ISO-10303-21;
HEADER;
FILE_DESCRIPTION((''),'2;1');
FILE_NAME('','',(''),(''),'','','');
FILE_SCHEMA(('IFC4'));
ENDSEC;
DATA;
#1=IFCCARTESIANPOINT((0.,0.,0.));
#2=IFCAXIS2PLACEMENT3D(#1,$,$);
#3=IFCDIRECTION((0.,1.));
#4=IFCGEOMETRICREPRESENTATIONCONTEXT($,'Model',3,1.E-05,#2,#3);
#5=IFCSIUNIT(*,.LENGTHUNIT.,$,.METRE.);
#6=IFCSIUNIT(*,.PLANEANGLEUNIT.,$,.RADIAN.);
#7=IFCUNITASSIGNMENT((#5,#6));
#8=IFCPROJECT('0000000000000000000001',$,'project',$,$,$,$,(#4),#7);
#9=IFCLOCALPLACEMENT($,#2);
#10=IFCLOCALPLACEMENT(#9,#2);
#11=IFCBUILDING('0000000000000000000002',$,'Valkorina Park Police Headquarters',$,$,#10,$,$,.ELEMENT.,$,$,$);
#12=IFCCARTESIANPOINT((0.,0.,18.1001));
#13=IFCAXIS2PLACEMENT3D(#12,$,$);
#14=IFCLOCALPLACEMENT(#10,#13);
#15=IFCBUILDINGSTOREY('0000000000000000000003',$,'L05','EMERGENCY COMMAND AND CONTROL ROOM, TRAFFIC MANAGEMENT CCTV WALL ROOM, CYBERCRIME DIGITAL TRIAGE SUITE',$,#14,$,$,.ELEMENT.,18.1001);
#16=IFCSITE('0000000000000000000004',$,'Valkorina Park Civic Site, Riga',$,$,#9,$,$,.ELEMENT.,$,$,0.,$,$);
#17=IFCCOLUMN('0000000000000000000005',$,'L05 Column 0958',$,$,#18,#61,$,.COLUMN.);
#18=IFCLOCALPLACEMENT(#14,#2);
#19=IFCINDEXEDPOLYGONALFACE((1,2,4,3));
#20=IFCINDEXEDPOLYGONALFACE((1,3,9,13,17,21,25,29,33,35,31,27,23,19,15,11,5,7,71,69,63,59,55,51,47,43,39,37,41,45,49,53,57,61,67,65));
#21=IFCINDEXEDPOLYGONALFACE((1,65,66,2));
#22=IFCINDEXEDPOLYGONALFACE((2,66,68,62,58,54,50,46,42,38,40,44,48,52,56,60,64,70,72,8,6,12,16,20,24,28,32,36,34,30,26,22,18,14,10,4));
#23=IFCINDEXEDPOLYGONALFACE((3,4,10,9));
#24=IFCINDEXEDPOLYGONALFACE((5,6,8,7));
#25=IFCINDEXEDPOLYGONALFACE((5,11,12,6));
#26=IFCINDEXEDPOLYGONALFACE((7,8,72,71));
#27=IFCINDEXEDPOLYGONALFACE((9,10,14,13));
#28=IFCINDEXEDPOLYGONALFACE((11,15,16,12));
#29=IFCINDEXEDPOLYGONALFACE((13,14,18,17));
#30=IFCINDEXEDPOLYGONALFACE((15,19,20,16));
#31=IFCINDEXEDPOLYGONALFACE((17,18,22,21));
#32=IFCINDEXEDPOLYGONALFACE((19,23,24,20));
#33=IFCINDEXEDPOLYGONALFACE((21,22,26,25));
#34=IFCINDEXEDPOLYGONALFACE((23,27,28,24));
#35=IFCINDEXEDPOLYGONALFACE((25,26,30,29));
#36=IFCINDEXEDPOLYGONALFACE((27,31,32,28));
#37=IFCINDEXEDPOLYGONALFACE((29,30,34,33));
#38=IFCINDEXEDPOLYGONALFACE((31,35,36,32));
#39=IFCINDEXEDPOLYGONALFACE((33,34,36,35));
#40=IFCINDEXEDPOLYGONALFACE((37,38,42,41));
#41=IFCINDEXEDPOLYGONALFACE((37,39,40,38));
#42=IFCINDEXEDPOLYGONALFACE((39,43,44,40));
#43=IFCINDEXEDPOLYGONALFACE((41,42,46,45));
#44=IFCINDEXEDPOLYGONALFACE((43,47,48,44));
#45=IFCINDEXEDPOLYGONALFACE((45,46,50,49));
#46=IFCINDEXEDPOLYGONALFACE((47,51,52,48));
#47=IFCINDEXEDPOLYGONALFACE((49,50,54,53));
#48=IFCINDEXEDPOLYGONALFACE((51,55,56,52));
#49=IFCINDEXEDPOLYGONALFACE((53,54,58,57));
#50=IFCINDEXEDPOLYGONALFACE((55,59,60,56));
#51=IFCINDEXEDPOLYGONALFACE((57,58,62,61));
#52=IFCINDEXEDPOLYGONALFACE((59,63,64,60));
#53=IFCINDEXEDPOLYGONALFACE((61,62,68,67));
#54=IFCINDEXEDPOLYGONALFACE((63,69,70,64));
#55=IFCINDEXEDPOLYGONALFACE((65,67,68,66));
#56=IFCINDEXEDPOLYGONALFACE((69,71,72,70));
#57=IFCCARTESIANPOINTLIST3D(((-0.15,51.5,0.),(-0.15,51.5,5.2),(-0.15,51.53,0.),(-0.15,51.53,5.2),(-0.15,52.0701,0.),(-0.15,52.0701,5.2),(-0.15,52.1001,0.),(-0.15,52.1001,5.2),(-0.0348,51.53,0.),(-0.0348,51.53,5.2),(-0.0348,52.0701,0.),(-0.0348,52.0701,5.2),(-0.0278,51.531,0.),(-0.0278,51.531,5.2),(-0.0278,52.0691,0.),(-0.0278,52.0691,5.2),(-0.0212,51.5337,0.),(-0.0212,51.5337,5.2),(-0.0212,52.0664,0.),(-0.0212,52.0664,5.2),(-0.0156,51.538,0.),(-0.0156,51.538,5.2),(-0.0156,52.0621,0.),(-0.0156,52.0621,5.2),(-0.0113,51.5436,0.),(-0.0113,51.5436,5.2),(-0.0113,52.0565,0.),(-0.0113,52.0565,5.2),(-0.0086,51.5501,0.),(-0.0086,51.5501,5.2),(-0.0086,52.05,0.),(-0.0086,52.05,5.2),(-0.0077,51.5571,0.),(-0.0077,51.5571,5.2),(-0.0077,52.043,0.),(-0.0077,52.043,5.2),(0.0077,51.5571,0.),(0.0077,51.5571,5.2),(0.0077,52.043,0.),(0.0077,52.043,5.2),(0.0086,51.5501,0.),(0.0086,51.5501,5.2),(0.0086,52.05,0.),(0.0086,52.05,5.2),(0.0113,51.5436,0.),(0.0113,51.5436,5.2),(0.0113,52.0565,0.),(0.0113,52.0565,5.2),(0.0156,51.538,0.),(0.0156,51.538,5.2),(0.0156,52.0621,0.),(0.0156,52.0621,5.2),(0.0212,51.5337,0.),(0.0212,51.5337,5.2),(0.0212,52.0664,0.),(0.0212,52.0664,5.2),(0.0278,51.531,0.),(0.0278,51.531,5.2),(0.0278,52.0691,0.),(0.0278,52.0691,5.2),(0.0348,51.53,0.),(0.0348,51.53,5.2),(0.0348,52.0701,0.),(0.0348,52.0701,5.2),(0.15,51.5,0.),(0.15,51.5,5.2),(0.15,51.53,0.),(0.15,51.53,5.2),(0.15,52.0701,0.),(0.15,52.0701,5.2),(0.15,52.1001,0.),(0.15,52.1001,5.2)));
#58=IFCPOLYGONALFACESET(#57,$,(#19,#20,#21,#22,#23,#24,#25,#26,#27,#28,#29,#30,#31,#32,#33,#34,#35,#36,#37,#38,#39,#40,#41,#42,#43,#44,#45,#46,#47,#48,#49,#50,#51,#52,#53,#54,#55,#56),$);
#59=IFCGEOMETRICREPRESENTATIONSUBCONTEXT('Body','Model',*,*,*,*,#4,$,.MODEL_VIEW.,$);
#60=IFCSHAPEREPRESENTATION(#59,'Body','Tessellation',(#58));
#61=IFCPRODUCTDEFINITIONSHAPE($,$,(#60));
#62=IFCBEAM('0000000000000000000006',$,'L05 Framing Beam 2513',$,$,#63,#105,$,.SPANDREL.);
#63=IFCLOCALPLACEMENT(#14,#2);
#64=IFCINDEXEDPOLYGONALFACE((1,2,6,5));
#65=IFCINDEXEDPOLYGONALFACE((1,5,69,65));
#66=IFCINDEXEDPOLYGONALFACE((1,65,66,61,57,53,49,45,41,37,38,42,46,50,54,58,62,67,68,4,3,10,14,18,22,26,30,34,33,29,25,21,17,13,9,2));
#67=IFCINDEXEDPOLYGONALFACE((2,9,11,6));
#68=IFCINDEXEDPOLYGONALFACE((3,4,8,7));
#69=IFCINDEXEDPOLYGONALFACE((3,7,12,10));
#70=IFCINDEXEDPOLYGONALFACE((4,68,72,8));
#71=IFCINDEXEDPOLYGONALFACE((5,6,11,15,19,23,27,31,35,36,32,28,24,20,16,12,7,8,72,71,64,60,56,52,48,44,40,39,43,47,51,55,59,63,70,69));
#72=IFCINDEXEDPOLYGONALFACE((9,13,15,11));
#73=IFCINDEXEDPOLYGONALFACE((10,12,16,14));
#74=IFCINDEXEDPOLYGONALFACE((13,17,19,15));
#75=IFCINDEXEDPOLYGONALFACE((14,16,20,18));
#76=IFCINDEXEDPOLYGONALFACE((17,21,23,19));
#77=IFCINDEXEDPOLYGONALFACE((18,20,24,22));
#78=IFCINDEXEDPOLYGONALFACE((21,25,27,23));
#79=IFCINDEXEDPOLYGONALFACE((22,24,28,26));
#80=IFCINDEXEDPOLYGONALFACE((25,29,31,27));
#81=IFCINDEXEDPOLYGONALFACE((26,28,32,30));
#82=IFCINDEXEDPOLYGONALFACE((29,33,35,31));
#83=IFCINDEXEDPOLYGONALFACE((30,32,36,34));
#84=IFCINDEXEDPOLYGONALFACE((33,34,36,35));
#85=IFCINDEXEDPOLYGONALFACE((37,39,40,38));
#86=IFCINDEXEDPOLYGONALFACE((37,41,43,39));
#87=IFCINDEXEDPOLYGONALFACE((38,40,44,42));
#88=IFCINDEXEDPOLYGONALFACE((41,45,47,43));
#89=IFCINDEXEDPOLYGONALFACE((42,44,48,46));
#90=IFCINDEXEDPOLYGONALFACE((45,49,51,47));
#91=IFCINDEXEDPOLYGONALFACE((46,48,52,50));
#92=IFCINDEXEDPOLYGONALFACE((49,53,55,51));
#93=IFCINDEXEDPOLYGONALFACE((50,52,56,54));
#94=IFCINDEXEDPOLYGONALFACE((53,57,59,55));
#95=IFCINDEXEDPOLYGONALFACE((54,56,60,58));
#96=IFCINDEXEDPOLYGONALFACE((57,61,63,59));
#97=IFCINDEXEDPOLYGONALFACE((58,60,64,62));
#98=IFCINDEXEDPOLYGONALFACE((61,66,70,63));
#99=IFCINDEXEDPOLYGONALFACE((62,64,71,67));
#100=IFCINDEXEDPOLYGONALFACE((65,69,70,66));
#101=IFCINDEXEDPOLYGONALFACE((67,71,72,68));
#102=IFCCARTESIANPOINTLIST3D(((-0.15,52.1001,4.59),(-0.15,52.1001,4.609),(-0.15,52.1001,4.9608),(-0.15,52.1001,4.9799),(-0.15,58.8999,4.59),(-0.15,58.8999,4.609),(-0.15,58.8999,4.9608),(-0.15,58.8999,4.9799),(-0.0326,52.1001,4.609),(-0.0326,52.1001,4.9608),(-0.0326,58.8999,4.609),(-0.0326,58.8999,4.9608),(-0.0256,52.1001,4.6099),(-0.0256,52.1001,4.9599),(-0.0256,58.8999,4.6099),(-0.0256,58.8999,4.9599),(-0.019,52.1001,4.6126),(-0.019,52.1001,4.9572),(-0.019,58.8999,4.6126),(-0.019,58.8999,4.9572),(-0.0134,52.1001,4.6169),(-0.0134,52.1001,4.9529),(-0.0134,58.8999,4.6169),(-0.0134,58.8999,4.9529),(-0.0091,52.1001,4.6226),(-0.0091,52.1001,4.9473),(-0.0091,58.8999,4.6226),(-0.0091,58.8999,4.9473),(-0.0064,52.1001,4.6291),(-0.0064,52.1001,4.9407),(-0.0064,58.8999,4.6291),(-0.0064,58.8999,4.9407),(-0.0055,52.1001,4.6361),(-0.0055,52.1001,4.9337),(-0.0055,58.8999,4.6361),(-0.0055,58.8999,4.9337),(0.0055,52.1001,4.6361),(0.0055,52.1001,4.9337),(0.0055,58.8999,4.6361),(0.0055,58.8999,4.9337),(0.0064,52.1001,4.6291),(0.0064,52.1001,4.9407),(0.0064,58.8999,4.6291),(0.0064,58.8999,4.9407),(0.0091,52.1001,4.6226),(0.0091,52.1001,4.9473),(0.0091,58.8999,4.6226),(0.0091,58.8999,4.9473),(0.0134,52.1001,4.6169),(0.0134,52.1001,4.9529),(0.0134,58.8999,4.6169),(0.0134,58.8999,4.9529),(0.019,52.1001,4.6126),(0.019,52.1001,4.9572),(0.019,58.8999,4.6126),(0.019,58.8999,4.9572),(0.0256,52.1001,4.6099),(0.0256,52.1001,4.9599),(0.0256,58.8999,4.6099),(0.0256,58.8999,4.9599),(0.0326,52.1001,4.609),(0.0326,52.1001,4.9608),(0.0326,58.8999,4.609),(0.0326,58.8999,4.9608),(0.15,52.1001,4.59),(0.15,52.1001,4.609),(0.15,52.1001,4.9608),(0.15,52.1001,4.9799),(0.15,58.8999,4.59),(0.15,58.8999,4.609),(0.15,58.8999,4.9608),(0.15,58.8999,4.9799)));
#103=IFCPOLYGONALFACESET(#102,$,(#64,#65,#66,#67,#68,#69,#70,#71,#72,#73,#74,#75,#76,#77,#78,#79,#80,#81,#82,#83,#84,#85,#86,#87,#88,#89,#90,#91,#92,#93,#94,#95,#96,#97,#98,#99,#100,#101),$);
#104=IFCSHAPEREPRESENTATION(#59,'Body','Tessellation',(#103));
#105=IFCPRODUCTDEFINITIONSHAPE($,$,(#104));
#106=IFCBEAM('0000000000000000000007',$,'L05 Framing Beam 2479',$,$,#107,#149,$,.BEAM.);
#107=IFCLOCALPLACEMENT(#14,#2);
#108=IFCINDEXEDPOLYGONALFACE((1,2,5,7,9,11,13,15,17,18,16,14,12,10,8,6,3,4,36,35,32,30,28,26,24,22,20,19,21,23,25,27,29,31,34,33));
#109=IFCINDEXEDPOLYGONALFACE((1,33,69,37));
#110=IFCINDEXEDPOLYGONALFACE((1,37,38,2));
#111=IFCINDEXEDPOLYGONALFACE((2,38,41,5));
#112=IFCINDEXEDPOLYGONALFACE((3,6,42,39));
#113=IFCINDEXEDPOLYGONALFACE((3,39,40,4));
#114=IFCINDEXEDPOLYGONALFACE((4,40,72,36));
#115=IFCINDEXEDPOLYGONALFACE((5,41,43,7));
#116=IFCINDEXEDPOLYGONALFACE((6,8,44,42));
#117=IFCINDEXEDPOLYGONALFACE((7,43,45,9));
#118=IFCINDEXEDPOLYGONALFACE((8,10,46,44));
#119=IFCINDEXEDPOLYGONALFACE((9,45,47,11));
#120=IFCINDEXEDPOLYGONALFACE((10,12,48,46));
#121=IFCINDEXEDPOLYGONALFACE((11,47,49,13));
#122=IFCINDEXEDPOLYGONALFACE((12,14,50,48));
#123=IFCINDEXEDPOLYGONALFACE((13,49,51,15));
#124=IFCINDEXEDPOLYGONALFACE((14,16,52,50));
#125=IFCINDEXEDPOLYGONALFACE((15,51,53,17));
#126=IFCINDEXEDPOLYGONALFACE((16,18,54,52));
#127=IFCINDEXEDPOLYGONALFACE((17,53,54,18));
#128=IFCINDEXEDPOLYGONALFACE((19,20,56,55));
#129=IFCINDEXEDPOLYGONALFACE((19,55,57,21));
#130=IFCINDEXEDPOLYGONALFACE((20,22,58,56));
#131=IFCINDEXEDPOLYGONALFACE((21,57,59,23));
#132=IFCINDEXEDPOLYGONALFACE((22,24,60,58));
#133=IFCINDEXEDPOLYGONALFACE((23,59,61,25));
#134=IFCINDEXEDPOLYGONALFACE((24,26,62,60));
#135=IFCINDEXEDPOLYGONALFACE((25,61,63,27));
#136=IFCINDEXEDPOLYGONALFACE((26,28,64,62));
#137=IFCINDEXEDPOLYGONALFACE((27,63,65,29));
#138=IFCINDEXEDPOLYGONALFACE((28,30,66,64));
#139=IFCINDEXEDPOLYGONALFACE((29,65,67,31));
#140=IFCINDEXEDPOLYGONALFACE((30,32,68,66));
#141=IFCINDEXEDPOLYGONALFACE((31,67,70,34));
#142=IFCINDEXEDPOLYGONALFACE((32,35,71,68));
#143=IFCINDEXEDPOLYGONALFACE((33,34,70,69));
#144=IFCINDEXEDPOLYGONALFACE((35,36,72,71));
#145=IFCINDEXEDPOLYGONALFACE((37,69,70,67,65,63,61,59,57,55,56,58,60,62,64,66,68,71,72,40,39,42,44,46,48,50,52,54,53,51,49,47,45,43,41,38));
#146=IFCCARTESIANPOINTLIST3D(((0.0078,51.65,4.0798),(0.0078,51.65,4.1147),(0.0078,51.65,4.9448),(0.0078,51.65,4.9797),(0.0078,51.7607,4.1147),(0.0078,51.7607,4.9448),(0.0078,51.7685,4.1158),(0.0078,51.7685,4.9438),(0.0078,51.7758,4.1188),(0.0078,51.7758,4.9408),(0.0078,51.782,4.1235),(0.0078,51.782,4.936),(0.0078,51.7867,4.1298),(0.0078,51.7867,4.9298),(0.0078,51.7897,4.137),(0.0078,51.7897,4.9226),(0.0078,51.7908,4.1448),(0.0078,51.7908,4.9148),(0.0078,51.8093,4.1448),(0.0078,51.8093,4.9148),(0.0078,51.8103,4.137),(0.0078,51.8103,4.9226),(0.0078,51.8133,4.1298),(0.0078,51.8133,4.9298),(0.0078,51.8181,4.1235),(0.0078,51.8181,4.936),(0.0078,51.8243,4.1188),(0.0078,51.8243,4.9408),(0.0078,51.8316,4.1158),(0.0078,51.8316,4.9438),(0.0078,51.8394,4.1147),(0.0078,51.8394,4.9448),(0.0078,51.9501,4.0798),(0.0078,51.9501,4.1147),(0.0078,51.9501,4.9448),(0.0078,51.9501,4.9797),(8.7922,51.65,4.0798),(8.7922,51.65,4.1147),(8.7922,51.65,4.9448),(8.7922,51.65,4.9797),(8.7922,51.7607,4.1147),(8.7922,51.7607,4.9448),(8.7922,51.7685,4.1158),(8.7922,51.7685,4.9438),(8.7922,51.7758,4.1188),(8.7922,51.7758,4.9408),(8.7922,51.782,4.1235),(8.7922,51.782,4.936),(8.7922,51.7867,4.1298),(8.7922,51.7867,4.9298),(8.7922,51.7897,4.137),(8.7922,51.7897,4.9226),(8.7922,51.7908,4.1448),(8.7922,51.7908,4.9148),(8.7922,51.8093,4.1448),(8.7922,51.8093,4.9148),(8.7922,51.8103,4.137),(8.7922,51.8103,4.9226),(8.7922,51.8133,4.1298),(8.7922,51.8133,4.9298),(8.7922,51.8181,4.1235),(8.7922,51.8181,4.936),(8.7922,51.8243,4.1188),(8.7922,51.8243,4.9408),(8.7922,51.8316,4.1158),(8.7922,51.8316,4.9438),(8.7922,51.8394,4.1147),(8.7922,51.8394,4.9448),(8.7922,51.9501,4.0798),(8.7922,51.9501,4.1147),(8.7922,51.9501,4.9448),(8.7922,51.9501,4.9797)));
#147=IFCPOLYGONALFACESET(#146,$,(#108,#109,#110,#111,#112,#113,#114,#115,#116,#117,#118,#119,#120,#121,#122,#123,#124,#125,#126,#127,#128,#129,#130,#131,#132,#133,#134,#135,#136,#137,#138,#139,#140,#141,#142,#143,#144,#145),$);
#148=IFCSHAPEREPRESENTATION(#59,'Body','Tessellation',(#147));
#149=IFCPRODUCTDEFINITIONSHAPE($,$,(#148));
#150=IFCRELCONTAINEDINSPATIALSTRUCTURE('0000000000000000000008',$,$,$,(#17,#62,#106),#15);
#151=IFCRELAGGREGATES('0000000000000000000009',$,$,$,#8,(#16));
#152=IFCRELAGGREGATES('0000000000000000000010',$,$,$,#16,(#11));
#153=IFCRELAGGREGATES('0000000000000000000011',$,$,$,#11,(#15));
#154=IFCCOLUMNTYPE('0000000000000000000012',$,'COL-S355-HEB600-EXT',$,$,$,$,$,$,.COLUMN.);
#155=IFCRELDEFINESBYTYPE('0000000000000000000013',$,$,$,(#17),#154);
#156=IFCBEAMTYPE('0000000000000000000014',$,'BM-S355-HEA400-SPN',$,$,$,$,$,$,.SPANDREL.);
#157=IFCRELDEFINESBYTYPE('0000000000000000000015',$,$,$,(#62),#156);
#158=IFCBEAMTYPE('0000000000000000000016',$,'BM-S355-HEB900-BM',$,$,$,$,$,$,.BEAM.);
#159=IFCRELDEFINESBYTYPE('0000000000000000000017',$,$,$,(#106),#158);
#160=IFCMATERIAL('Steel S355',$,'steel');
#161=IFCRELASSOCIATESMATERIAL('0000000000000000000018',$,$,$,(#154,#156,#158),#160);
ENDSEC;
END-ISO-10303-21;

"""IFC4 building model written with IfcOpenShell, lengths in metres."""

from ifc_helpers import new_model, si_unit, direction, frame, origin, origin_2d, place, context, subcontext, project, spatial, i_section, extrude, material, material_profile, profile_set, type_object, element, save


model = new_model("IFC4")

# Units and contexts
model_context = context("Model", 3, precision=1e-05, world=origin(), true_north=direction((0.0, 1.0)))
body_context = subcontext(model_context, "Body", "Model", "MODEL_VIEW")
ifc_project = project(units=[si_unit("LENGTHUNIT", "METRE"), si_unit("PLANEANGLEUNIT", "RADIAN")], contexts=[model_context])

# Site, building, storey
site_placement = place(None, origin())
site = spatial("IfcSite", under=ifc_project, at=site_placement, Name="Valkorina Park Civic Site, Riga", CompositionType="ELEMENT", RefElevation=0.0)
building_placement = place(site_placement, origin())
building = spatial("IfcBuilding", under=site, at=building_placement, Name="Valkorina Park Police Headquarters", CompositionType="ELEMENT")
storey_placement = place(building_placement, frame((0.0, 0.0, 18.1001)))
storey = spatial("IfcBuildingStorey", under=building, at=storey_placement, Name="L05", Description="EMERGENCY COMMAND AND CONTROL ROOM, TRAFFIC MANAGEMENT CCTV WALL ROOM, CYBERCRIME DIGITAL TRIAGE SUITE", CompositionType="ELEMENT", Elevation=18.1001)

# Column
ifc_material_1 = material(Name="Steel S355", Category="steel")
ifc_material_profile_1 = material_profile(ifc_material_1, i_section(OverallWidth=0.3, OverallDepth=0.6001, WebThickness=0.0154, FlangeThickness=0.03, FilletRadius=0.0271, at=origin_2d()), Name="HEB 600")
ifc_profile_set_1 = profile_set([ifc_material_profile_1], Name="Steel S355")
column_type = type_object("IfcColumnType", Name="COL-S355-HEB600-EXT", PredefinedType="COLUMN", material=ifc_profile_set_1)
column_placement = place(storey_placement, frame((0.0, 51.8, 0.0), z_axis=(0.0, 0.0, 1.0), x_axis=(1.0, 0.0, 0.0)))
element("IfcColumn", 1, at=column_placement, inside=storey, type_object=column_type, Name="L05 Column 0958", PredefinedType="COLUMN", context=body_context, shape_type="SweptSolid", body=[
    extrude(i_section(OverallWidth=0.3, OverallDepth=0.6001, WebThickness=0.0154, FlangeThickness=0.03, FilletRadius=0.0271, at=origin_2d()), origin(), (0.0, 0.0, 1.0), 5.2),
])

# Beams
ifc_material_profile_2 = material_profile(ifc_material_1, i_section(OverallWidth=0.3, OverallDepth=0.3899, WebThickness=0.011, FlangeThickness=0.019, FilletRadius=0.0271, at=origin_2d()), Name="HEA 400")
ifc_profile_set_2 = profile_set([ifc_material_profile_2], Name="Steel S355")
beam_type_1 = type_object("IfcBeamType", Name="BM-S355-HEA400-SPN", PredefinedType="SPANDREL", material=ifc_profile_set_2)
beam_1_placement = place(storey_placement, frame((0.0, 52.1001, 4.7849), z_axis=(0.0, 1.0, 0.0), x_axis=(-1.0, 0.0, 0.0)))
element("IfcBeam", 2, at=beam_1_placement, inside=storey, type_object=beam_type_1, Name="L05 Framing Beam 2513", PredefinedType="SPANDREL", context=body_context, shape_type="SweptSolid", body=[
    extrude(i_section(OverallWidth=0.3, OverallDepth=0.3899, WebThickness=0.011, FlangeThickness=0.019, FilletRadius=0.0271, at=origin_2d()), origin(), (0.0, 0.0, 1.0), 6.7998),
])
ifc_material_profile_3 = material_profile(ifc_material_1, i_section(OverallWidth=0.3, OverallDepth=0.8999, WebThickness=0.0186, FlangeThickness=0.0349, FilletRadius=0.03, at=origin_2d()), Name="HEB 900")
ifc_profile_set_3 = profile_set([ifc_material_profile_3], Name="Steel S355")
beam_type_2 = type_object("IfcBeamType", Name="BM-S355-HEB900-BM", PredefinedType="BEAM", material=ifc_profile_set_3)
beam_2_placement = place(storey_placement, frame((0.0078, 51.8, 4.5298), z_axis=(1.0, 0.0, 0.0), x_axis=(0.0, 1.0, 0.0)))
element("IfcBeam", 3, at=beam_2_placement, inside=storey, type_object=beam_type_2, Name="L05 Framing Beam 2479", PredefinedType="BEAM", context=body_context, shape_type="SweptSolid", body=[
    extrude(i_section(OverallWidth=0.3, OverallDepth=0.8999, WebThickness=0.0186, FlangeThickness=0.0349, FilletRadius=0.03, at=origin_2d()), origin(), (0.0, 0.0, 1.0), 8.7844),
])

save(model, "model.ifc")
